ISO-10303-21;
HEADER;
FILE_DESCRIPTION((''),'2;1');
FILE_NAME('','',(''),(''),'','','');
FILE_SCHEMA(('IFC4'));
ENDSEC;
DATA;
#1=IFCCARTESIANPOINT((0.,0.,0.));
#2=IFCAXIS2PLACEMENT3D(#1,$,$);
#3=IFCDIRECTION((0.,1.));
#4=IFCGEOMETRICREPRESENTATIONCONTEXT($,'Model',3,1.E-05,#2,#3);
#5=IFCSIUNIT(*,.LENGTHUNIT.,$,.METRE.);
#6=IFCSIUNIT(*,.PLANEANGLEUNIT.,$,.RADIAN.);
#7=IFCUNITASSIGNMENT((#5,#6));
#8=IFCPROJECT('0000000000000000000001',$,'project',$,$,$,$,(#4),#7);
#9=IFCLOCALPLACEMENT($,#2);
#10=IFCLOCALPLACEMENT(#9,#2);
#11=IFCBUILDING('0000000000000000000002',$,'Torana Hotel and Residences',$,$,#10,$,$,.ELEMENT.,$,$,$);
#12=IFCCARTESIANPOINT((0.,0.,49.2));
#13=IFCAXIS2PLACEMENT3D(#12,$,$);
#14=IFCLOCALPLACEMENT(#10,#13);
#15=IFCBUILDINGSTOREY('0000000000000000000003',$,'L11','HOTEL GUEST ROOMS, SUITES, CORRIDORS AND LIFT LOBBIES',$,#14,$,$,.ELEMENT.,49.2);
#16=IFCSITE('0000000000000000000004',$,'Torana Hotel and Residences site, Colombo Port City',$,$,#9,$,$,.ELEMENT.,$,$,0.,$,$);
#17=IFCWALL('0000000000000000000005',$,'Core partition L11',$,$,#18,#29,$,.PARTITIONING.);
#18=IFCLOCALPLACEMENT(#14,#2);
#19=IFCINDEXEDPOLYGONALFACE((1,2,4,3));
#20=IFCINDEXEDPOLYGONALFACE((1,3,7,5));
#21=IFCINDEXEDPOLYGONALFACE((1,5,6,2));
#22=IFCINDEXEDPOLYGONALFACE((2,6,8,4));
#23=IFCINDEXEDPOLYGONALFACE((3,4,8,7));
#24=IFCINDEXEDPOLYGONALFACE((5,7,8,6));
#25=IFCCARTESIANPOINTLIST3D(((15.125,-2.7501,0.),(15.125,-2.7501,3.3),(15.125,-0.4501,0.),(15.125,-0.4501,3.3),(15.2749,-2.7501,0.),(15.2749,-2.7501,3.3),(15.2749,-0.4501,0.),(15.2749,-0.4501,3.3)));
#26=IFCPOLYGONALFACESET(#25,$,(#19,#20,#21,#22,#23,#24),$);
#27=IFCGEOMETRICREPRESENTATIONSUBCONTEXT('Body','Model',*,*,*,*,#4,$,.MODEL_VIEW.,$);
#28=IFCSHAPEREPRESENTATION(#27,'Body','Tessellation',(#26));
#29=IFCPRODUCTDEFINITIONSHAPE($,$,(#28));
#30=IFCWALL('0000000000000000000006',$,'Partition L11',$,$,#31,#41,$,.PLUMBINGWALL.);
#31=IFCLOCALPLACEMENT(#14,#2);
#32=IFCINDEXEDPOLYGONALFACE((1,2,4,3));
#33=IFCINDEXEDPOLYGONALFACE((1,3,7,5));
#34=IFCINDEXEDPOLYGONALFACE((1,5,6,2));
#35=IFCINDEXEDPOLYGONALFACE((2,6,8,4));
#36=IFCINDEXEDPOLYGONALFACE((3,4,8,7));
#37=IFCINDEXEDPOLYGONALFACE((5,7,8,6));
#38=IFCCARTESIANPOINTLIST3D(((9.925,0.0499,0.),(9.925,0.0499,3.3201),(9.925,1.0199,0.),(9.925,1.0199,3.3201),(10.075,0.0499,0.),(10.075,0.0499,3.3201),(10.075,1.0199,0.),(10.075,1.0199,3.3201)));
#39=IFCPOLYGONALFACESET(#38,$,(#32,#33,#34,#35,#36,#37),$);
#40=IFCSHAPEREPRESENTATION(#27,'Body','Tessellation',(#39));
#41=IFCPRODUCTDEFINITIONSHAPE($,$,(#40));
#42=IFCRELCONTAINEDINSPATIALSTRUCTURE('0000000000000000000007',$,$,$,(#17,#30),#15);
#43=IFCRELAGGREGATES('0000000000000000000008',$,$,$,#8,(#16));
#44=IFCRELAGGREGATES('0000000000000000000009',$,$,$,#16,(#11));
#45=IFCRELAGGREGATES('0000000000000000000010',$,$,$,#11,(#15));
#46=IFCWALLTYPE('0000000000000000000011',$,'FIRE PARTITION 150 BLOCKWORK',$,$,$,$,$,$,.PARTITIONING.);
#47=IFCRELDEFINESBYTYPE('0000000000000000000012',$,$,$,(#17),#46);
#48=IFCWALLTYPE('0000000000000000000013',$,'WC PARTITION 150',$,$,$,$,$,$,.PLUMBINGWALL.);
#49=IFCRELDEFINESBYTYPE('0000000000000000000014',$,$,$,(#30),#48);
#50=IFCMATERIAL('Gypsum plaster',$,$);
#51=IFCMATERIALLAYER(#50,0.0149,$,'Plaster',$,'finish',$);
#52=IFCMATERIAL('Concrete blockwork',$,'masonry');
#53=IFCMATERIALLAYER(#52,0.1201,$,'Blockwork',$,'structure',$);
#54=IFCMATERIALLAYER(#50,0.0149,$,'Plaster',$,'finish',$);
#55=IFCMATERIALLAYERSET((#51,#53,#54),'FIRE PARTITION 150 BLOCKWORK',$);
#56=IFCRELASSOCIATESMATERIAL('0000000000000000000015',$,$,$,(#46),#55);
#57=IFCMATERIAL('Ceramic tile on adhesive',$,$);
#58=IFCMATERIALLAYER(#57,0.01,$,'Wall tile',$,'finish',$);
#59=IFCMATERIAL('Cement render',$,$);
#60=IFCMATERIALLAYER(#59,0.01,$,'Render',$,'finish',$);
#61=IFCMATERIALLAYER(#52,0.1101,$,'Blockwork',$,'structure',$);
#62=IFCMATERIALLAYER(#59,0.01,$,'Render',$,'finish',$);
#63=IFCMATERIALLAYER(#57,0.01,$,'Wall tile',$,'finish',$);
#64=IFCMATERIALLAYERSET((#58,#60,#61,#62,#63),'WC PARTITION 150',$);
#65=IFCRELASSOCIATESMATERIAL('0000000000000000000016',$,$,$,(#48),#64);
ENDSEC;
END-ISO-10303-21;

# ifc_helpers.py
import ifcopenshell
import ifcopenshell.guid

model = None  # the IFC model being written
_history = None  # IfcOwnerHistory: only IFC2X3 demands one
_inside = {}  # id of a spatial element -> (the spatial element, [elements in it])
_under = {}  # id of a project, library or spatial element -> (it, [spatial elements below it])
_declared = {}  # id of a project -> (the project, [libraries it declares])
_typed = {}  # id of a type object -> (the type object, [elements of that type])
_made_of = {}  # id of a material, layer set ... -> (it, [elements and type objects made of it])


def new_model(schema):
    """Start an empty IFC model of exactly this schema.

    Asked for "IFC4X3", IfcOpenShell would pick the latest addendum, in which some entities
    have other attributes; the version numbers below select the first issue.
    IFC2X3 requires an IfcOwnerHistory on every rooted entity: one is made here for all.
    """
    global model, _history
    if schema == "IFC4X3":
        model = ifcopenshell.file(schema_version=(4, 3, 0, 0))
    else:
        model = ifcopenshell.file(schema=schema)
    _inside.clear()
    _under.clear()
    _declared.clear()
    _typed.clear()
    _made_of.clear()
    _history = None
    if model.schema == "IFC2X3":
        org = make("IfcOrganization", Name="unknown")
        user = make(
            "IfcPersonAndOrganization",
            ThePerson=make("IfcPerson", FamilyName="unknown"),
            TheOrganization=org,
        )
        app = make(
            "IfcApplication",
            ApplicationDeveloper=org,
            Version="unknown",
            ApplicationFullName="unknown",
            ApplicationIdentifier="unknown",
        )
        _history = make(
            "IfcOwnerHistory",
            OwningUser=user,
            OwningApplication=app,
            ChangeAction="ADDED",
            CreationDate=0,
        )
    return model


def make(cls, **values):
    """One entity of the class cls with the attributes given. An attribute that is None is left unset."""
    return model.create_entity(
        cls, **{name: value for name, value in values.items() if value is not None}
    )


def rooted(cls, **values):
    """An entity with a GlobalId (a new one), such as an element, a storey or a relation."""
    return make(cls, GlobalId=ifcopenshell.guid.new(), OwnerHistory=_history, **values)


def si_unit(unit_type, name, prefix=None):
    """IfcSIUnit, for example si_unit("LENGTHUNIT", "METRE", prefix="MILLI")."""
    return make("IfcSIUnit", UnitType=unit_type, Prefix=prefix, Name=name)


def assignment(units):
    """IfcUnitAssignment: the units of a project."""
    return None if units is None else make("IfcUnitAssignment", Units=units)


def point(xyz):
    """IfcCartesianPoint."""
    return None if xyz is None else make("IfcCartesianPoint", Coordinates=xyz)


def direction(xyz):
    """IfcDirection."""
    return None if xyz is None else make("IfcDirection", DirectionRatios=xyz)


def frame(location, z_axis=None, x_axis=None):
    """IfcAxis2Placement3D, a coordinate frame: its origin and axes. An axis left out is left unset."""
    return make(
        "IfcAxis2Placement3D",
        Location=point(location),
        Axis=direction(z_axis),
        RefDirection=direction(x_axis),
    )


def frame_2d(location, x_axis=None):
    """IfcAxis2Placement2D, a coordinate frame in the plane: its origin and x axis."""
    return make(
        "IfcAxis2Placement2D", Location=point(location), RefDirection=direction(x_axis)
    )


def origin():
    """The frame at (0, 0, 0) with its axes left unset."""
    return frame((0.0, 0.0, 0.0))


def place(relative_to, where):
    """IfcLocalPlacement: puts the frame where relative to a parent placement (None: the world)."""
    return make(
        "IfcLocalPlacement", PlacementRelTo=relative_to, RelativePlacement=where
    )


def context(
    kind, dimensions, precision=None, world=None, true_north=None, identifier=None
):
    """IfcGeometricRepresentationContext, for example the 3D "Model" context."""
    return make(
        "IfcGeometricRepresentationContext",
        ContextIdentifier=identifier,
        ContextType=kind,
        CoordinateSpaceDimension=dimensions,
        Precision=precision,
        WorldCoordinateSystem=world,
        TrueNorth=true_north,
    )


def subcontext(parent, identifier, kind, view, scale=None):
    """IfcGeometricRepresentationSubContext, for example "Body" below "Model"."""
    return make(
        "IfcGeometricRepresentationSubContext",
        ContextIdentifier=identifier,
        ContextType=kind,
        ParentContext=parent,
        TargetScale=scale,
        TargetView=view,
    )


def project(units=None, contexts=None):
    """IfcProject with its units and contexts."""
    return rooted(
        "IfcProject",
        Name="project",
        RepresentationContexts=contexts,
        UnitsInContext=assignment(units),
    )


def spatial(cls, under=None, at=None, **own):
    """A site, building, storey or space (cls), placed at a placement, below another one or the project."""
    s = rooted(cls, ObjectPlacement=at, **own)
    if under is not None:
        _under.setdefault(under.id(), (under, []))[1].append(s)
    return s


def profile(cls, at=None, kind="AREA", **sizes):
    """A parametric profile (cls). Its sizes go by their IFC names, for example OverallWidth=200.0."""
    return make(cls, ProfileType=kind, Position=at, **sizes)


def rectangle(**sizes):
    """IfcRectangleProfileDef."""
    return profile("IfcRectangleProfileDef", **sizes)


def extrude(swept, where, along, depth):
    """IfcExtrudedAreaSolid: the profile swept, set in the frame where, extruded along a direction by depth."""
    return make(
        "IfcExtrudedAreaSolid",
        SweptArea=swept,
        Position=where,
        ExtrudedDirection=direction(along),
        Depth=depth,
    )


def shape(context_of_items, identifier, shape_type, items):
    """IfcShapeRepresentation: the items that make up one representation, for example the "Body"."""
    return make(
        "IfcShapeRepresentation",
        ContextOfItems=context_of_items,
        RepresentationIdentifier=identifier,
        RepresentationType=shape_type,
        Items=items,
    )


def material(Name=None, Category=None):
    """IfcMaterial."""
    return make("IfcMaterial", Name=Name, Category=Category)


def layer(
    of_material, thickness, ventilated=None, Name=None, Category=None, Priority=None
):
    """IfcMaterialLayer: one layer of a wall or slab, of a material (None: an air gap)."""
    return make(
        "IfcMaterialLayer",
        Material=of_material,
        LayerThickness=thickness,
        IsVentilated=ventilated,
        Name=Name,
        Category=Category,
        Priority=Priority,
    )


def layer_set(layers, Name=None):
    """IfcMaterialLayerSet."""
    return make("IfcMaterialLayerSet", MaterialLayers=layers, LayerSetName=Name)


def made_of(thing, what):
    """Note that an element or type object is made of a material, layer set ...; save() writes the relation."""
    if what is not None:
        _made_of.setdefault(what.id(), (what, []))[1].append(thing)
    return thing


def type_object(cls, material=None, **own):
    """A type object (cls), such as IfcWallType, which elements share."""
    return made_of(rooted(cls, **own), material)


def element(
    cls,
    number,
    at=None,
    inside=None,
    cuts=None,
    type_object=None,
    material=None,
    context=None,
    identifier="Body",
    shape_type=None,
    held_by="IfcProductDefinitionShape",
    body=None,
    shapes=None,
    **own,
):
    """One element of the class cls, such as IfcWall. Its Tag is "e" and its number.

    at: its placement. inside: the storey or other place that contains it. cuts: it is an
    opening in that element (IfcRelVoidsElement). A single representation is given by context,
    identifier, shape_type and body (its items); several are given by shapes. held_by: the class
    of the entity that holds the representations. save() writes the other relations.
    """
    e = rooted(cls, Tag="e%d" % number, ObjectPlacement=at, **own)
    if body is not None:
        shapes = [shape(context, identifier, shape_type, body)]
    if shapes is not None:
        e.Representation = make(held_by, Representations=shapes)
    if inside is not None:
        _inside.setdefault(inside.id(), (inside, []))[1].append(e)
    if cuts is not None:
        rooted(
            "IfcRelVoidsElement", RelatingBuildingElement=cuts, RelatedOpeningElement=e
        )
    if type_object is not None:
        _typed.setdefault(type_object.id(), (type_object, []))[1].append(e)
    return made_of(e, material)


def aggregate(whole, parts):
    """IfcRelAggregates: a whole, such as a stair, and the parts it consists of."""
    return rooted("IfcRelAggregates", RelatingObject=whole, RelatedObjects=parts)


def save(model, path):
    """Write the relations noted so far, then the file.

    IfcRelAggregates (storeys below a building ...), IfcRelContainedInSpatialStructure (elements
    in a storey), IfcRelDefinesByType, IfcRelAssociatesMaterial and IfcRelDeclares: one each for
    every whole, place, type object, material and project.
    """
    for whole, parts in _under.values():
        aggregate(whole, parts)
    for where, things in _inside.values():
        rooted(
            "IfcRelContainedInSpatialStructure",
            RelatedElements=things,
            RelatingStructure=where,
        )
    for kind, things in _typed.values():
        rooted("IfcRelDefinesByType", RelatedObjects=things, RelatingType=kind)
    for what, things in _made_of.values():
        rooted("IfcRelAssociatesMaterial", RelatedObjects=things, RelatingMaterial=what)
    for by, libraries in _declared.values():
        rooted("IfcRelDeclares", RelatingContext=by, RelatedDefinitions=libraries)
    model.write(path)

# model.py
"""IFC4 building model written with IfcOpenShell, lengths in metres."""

from ifc_helpers import new_model, si_unit, direction, frame, frame_2d, origin, place, context, subcontext, project, spatial, rectangle, extrude, material, layer, layer_set, type_object, element, save


model = new_model("IFC4")

# Units and contexts
model_context = context("Model", 3, precision=1e-05, world=origin(), true_north=direction((0.0, 1.0)))
body_context = subcontext(model_context, "Body", "Model", "MODEL_VIEW")
ifc_project = project(units=[si_unit("LENGTHUNIT", "METRE"), si_unit("PLANEANGLEUNIT", "RADIAN")], contexts=[model_context])

# Site, building, storey
site_placement = place(None, origin())
site = spatial("IfcSite", under=ifc_project, at=site_placement, Name="Torana Hotel and Residences site, Colombo Port City", CompositionType="ELEMENT", RefElevation=0.0)
building_placement = place(site_placement, origin())
building = spatial("IfcBuilding", under=site, at=building_placement, Name="Torana Hotel and Residences", CompositionType="ELEMENT")
storey_placement = place(building_placement, frame((0.0, 0.0, 49.2)))
storey = spatial("IfcBuildingStorey", under=building, at=storey_placement, Name="L11", Description="HOTEL GUEST ROOMS, SUITES, CORRIDORS AND LIFT LOBBIES", CompositionType="ELEMENT", Elevation=49.2)

# Walls
ifc_material_1 = material(Name="Gypsum plaster")
ifc_layer_1 = layer(ifc_material_1, 0.0149, Name="Plaster", Category="finish")
ifc_material_2 = material(Name="Concrete blockwork", Category="masonry")
ifc_layer_2 = layer(ifc_material_2, 0.1201, Name="Blockwork", Category="structure")
ifc_layer_3 = layer(ifc_material_1, 0.0149, Name="Plaster", Category="finish")
ifc_layer_set_1 = layer_set([ifc_layer_1, ifc_layer_2, ifc_layer_3], Name="FIRE PARTITION 150 BLOCKWORK")
wall_type_1 = type_object("IfcWallType", Name="FIRE PARTITION 150 BLOCKWORK", PredefinedType="PARTITIONING", material=ifc_layer_set_1)
wall_1_placement = place(storey_placement, frame((15.2, -2.75, 0.0), z_axis=(0.0, 0.0, 1.0), x_axis=(0.0, 1.0, 0.0)))
element("IfcWall", 1, at=wall_1_placement, inside=storey, type_object=wall_type_1, Name="Core partition L11", PredefinedType="PARTITIONING", context=body_context, shape_type="SweptSolid", body=[
    extrude(rectangle(XDim=2.3, YDim=0.1499, at=frame_2d((1.1499, 0.0))), origin(), (0.0, 0.0, 1.0), 3.3),
])
ifc_material_3 = material(Name="Ceramic tile on adhesive")
ifc_layer_4 = layer(ifc_material_3, 0.01, Name="Wall tile", Category="finish")
ifc_material_4 = material(Name="Cement render")
ifc_layer_5 = layer(ifc_material_4, 0.01, Name="Render", Category="finish")
ifc_layer_6 = layer(ifc_material_2, 0.1101, Name="Blockwork", Category="structure")
ifc_layer_7 = layer(ifc_material_4, 0.01, Name="Render", Category="finish")
ifc_layer_8 = layer(ifc_material_3, 0.01, Name="Wall tile", Category="finish")
ifc_layer_set_2 = layer_set([ifc_layer_4, ifc_layer_5, ifc_layer_6, ifc_layer_7, ifc_layer_8], Name="WC PARTITION 150")
wall_type_2 = type_object("IfcWallType", Name="WC PARTITION 150", PredefinedType="PLUMBINGWALL", material=ifc_layer_set_2)
wall_2_placement = place(storey_placement, frame((10.0, 0.05, 0.0), z_axis=(0.0, 0.0, 1.0), x_axis=(0.0, 1.0, 0.0)))
element("IfcWall", 2, at=wall_2_placement, inside=storey, type_object=wall_type_2, Name="Partition L11", PredefinedType="PLUMBINGWALL", context=body_context, shape_type="SweptSolid", body=[
    extrude(rectangle(XDim=0.97, YDim=0.1499, at=frame_2d((0.4849, 0.0))), origin(), (0.0, 0.0, 1.0), 3.3201),
])

save(model, "model.ifc")
